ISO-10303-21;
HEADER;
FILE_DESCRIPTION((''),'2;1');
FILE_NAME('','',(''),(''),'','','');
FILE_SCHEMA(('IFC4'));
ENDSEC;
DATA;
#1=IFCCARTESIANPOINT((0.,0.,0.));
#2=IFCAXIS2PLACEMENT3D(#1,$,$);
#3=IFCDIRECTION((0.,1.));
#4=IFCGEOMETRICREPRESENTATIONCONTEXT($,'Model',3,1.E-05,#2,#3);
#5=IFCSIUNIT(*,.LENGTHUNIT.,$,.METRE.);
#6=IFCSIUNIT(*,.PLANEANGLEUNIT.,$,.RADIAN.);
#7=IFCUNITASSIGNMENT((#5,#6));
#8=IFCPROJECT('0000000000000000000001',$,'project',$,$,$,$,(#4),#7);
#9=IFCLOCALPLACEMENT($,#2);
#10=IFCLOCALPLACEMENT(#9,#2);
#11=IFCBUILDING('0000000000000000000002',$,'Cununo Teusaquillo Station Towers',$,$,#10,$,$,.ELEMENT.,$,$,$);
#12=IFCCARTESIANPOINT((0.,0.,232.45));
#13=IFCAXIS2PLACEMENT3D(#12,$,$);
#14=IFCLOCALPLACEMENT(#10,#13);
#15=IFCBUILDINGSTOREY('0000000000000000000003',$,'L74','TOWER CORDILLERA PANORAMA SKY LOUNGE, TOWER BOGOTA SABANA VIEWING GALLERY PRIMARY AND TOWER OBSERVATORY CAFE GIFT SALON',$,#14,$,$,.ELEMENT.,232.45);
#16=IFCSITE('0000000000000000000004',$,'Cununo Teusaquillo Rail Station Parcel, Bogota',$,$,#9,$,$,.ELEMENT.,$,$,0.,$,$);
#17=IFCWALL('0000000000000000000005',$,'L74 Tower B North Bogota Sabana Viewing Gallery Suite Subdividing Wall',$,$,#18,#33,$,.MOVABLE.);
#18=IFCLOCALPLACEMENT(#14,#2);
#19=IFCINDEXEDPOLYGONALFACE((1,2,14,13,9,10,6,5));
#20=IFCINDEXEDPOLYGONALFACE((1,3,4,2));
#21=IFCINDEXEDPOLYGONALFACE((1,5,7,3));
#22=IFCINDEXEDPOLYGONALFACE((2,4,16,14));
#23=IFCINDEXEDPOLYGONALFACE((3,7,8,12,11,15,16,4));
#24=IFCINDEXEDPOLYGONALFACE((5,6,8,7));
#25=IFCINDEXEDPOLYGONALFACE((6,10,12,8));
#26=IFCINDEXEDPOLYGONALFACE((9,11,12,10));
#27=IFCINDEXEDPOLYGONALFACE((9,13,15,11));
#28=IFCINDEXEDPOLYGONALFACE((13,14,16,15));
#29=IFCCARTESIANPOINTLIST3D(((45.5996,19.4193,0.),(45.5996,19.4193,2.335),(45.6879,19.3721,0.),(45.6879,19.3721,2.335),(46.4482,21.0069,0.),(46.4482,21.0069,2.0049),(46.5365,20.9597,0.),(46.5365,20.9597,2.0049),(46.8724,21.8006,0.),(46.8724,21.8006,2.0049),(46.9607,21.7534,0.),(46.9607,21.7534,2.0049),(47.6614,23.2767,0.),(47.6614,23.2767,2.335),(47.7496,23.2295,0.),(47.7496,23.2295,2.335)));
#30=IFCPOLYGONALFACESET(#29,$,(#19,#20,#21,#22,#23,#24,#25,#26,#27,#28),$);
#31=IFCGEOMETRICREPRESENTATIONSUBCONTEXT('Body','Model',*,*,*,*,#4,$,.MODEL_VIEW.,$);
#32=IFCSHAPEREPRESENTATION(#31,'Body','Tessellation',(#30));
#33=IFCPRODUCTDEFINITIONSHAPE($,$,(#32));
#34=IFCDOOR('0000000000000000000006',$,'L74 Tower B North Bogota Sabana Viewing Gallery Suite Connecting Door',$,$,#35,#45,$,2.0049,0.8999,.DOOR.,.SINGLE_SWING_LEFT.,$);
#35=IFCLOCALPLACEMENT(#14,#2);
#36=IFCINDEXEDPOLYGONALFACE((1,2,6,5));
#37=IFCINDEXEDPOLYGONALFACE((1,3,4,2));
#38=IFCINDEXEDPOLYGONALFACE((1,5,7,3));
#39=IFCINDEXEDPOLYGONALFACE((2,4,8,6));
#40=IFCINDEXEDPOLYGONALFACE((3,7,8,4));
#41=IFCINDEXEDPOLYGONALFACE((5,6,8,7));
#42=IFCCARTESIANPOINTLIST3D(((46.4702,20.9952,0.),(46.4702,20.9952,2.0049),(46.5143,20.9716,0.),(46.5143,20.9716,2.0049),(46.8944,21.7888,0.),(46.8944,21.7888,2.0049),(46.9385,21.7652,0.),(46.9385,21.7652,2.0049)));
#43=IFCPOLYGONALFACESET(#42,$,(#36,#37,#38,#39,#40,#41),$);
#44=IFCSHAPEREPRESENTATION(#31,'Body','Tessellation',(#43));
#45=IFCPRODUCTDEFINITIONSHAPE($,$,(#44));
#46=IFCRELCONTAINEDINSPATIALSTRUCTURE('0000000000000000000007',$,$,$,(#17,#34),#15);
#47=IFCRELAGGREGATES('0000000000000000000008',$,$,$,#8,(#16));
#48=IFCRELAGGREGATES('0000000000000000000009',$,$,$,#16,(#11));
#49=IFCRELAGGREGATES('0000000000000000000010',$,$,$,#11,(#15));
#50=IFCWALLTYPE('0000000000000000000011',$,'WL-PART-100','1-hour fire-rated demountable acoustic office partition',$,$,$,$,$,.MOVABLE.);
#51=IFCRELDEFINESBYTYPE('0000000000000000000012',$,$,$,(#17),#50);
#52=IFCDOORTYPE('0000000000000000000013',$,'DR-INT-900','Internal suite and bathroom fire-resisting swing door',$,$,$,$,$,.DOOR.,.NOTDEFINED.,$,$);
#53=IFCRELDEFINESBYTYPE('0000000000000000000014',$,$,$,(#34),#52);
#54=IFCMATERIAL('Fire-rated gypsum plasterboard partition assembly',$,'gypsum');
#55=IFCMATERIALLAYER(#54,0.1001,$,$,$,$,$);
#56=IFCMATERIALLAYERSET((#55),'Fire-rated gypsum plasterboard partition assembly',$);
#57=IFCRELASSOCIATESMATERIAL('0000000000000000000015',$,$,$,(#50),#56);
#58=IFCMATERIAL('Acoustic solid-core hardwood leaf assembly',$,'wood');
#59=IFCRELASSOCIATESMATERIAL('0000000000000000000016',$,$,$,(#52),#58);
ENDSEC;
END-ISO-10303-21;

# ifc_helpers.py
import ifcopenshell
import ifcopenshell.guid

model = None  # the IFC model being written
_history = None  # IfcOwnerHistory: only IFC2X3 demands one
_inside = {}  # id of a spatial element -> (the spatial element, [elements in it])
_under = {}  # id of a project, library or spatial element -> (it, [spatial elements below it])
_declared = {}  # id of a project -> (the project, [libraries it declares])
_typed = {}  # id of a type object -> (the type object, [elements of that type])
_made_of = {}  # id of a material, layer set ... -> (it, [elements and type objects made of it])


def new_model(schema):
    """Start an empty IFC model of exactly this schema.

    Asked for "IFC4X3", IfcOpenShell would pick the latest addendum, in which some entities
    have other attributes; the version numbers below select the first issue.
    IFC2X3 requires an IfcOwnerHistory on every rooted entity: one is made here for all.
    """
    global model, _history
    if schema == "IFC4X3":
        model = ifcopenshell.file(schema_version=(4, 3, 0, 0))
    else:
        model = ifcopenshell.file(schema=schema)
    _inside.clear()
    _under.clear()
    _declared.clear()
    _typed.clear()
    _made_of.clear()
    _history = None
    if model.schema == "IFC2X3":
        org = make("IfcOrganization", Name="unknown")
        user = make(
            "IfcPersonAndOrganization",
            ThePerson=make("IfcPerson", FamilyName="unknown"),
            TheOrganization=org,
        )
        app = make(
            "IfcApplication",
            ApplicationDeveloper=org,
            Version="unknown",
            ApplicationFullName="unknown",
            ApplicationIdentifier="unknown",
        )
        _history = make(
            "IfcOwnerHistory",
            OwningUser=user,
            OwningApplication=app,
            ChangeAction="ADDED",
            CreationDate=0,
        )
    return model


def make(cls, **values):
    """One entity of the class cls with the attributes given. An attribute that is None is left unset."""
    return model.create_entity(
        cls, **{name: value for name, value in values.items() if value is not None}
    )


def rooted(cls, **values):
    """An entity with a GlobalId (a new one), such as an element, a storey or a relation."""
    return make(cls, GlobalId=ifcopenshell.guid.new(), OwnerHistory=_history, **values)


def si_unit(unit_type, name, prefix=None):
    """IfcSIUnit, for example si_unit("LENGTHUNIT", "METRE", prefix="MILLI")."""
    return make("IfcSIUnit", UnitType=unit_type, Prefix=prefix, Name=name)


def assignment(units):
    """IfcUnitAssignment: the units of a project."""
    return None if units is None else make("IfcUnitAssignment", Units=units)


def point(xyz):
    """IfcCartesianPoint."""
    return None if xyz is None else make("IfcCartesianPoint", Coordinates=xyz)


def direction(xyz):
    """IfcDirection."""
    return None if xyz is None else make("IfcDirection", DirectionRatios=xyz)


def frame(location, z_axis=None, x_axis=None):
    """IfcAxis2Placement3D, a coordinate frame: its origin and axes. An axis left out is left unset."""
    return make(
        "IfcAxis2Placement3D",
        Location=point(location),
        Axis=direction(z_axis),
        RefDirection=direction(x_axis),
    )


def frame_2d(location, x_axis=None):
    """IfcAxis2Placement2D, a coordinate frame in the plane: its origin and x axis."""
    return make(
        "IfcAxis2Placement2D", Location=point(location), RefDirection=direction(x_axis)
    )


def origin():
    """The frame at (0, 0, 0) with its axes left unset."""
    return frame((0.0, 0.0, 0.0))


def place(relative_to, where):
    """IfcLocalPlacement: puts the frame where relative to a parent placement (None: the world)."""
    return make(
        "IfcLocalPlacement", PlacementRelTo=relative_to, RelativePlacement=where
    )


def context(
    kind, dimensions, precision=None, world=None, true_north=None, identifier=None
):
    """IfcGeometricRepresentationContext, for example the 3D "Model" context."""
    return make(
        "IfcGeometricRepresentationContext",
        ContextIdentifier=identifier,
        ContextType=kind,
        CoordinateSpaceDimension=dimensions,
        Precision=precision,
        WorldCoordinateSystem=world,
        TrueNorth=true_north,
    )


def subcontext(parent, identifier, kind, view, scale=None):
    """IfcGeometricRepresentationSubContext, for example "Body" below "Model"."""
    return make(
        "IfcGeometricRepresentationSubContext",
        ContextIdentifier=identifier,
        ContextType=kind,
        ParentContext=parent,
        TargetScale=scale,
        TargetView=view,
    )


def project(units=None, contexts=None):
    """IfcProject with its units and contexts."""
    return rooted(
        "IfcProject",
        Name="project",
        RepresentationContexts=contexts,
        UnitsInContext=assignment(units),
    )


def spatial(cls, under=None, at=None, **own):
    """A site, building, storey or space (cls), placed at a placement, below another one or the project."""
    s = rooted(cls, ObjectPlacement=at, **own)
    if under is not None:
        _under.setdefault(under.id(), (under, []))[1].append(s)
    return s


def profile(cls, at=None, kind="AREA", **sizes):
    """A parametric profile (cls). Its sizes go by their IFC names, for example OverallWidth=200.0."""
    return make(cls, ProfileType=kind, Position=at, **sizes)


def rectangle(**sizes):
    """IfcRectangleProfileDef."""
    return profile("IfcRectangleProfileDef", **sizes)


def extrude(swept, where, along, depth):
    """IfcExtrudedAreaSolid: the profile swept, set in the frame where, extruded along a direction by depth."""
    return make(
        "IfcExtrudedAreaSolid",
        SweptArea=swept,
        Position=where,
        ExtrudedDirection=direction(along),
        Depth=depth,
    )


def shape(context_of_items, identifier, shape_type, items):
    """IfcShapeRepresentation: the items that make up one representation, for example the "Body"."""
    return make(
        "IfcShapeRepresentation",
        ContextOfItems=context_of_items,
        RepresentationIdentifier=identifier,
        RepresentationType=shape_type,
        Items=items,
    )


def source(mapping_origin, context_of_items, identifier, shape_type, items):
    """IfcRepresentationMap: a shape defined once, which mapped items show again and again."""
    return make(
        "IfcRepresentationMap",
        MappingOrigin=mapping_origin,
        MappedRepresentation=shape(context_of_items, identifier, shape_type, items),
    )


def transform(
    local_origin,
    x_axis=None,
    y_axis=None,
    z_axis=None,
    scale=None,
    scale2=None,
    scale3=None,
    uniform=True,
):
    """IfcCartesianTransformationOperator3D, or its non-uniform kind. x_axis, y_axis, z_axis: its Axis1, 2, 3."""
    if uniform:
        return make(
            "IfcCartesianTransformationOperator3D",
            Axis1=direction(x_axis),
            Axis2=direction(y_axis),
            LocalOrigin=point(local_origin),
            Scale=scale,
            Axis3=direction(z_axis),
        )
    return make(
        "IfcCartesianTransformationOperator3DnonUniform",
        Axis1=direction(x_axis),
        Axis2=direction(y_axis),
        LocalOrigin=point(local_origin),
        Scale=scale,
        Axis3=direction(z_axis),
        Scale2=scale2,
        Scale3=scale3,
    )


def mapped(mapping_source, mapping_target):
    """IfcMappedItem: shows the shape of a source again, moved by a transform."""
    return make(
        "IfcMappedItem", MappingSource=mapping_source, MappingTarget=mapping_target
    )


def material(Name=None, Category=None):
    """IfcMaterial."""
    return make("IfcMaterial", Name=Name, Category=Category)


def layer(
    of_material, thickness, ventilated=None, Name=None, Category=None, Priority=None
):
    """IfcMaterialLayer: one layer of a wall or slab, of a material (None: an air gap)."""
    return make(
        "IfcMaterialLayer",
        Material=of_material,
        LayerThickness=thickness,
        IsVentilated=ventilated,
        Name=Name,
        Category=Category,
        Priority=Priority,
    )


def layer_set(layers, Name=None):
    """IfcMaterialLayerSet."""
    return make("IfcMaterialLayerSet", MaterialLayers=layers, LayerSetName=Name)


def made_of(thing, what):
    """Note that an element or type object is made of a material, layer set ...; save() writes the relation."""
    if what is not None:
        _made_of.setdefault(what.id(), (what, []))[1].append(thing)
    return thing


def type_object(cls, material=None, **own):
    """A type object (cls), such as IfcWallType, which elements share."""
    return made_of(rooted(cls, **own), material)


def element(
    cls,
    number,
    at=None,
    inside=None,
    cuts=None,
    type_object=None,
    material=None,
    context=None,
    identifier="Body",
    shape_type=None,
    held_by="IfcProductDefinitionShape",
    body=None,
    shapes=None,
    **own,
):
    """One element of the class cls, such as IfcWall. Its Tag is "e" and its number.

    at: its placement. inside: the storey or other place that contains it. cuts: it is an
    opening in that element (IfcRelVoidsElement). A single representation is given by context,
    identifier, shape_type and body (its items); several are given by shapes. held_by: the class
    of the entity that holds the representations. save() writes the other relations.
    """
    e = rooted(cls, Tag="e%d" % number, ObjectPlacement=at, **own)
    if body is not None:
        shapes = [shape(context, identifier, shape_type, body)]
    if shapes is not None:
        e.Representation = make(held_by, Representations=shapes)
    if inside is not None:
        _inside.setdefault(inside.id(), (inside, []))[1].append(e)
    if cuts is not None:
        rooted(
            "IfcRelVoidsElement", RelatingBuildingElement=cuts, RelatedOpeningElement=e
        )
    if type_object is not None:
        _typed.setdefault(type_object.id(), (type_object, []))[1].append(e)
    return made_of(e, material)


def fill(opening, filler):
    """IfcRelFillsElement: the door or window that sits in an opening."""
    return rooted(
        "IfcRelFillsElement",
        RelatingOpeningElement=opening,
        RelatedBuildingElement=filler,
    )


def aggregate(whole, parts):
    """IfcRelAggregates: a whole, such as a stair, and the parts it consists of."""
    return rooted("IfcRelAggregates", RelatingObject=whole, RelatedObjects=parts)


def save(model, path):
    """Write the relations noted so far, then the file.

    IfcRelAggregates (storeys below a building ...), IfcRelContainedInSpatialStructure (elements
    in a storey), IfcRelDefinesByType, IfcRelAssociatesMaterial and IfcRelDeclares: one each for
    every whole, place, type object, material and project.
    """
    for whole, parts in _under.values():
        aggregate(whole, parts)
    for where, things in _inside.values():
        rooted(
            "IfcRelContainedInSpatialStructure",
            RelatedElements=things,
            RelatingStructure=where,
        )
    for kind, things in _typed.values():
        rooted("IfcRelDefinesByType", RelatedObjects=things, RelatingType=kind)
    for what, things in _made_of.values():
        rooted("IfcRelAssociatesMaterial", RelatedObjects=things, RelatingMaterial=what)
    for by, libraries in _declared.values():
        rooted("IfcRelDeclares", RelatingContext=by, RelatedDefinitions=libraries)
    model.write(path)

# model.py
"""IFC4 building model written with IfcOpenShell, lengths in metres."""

from ifc_helpers import new_model, si_unit, direction, frame, frame_2d, origin, place, context, subcontext, project, spatial, rectangle, extrude, source, transform, mapped, material, layer, layer_set, type_object, element, fill, save


model = new_model("IFC4")

# Units and contexts
model_context = context("Model", 3, precision=1e-05, world=origin(), true_north=direction((0.0, 1.0)))
body_context = subcontext(model_context, "Body", "Model", "MODEL_VIEW")
ifc_project = project(units=[si_unit("LENGTHUNIT", "METRE"), si_unit("PLANEANGLEUNIT", "RADIAN")], contexts=[model_context])

# Site, building, storey
site_placement = place(None, origin())
site = spatial("IfcSite", under=ifc_project, at=site_placement, Name="Cununo Teusaquillo Rail Station Parcel, Bogota", CompositionType="ELEMENT", RefElevation=0.0)
building_placement = place(site_placement, origin())
building = spatial("IfcBuilding", under=site, at=building_placement, Name="Cununo Teusaquillo Station Towers", CompositionType="ELEMENT")
storey_placement = place(building_placement, frame((0.0, 0.0, 232.45)))
storey = spatial("IfcBuildingStorey", under=building, at=storey_placement, Name="L74", Description="TOWER CORDILLERA PANORAMA SKY LOUNGE, TOWER BOGOTA SABANA VIEWING GALLERY PRIMARY AND TOWER OBSERVATORY CAFE GIFT SALON", CompositionType="ELEMENT", Elevation=232.45)

# Shared definitions
ifc_material_1 = material(Name="Fire-rated gypsum plasterboard partition assembly", Category="gypsum")
ifc_layer_1 = layer(ifc_material_1, 0.1001)
ifc_layer_set_1 = layer_set([ifc_layer_1], Name="Fire-rated gypsum plasterboard partition assembly")
wall_type_1 = type_object("IfcWallType", Name="WL-PART-100", Description="1-hour fire-rated demountable acoustic office partition", PredefinedType="MOVABLE", material=ifc_layer_set_1)

# Wall, opening, door
wall_1_placement = place(storey_placement, frame((47.7056, 23.2532, 0.0), z_axis=(0.0, 0.0, 1.0), x_axis=(-0.471385, -0.881928, 0.0)))
wall_1 = element("IfcWall", 1, at=wall_1_placement, inside=storey, type_object=wall_type_1, Name="L74 Tower B North Bogota Sabana Viewing Gallery Suite Subdividing Wall", PredefinedType="MOVABLE", context=body_context, shape_type="SweptSolid", body=[
    extrude(rectangle(XDim=4.3738, YDim=0.1001, at=frame_2d((2.187, 0.0))), origin(), (0.0, 0.0, 1.0), 2.335),
])
shared_shape_1 = source(origin(), body_context, "Body", "SweptSolid", [
    extrude(rectangle(XDim=0.8999, YDim=2.0049, at=frame_2d((0.45, 1.0024))), frame((0.0, 0.0601, 0.0), z_axis=(0.0, -1.0, 0.0), x_axis=(1.0, 0.0, 0.0)), (0.0, 0.0, 1.0), 0.1201),
])
opening_1_placement = place(wall_1_placement, frame((1.6738, 0.0, 0.0)))
opening_1 = element("IfcOpeningElement", 2, at=opening_1_placement, cuts=wall_1, PredefinedType="OPENING", context=body_context, shape_type="MappedRepresentation", body=[
    mapped(shared_shape_1, transform((0.0, 0.0, 0.0), x_axis=(1.0, 0.0, 0.0), y_axis=(0.0, 1.0, 0.0), z_axis=(0.0, 0.0, 1.0), scale=1.0)),
])
ifc_material_2 = material(Name="Acoustic solid-core hardwood leaf assembly", Category="wood")
door_type_1 = type_object("IfcDoorType", Name="DR-INT-900", Description="Internal suite and bathroom fire-resisting swing door", OperationType="NOTDEFINED", PredefinedType="DOOR", material=ifc_material_2)
shared_shape_2 = source(origin(), body_context, "Body", "SweptSolid", [
    extrude(rectangle(XDim=0.8999, YDim=2.0049, at=frame_2d((0.45, 1.0024))), frame((0.0, 0.0249, 0.0), z_axis=(0.0, -1.0, 0.0), x_axis=(1.0, 0.0, 0.0)), (0.0, 0.0, 1.0), 0.05),
])
door_1_placement = place(opening_1_placement, origin())
door_1 = element("IfcDoor", 3, at=door_1_placement, inside=storey, type_object=door_type_1, Name="L74 Tower B North Bogota Sabana Viewing Gallery Suite Connecting Door", OperationType="SINGLE_SWING_LEFT", OverallHeight=2.0049, OverallWidth=0.8999, PredefinedType="DOOR", context=body_context, shape_type="MappedRepresentation", body=[
    mapped(shared_shape_2, transform((0.0, 0.0, 0.0), x_axis=(1.0, 0.0, 0.0), y_axis=(0.0, 1.0, 0.0), z_axis=(0.0, 0.0, 1.0), scale=1.0)),
])
fill(opening_1, door_1)

save(model, "model.ifc")
